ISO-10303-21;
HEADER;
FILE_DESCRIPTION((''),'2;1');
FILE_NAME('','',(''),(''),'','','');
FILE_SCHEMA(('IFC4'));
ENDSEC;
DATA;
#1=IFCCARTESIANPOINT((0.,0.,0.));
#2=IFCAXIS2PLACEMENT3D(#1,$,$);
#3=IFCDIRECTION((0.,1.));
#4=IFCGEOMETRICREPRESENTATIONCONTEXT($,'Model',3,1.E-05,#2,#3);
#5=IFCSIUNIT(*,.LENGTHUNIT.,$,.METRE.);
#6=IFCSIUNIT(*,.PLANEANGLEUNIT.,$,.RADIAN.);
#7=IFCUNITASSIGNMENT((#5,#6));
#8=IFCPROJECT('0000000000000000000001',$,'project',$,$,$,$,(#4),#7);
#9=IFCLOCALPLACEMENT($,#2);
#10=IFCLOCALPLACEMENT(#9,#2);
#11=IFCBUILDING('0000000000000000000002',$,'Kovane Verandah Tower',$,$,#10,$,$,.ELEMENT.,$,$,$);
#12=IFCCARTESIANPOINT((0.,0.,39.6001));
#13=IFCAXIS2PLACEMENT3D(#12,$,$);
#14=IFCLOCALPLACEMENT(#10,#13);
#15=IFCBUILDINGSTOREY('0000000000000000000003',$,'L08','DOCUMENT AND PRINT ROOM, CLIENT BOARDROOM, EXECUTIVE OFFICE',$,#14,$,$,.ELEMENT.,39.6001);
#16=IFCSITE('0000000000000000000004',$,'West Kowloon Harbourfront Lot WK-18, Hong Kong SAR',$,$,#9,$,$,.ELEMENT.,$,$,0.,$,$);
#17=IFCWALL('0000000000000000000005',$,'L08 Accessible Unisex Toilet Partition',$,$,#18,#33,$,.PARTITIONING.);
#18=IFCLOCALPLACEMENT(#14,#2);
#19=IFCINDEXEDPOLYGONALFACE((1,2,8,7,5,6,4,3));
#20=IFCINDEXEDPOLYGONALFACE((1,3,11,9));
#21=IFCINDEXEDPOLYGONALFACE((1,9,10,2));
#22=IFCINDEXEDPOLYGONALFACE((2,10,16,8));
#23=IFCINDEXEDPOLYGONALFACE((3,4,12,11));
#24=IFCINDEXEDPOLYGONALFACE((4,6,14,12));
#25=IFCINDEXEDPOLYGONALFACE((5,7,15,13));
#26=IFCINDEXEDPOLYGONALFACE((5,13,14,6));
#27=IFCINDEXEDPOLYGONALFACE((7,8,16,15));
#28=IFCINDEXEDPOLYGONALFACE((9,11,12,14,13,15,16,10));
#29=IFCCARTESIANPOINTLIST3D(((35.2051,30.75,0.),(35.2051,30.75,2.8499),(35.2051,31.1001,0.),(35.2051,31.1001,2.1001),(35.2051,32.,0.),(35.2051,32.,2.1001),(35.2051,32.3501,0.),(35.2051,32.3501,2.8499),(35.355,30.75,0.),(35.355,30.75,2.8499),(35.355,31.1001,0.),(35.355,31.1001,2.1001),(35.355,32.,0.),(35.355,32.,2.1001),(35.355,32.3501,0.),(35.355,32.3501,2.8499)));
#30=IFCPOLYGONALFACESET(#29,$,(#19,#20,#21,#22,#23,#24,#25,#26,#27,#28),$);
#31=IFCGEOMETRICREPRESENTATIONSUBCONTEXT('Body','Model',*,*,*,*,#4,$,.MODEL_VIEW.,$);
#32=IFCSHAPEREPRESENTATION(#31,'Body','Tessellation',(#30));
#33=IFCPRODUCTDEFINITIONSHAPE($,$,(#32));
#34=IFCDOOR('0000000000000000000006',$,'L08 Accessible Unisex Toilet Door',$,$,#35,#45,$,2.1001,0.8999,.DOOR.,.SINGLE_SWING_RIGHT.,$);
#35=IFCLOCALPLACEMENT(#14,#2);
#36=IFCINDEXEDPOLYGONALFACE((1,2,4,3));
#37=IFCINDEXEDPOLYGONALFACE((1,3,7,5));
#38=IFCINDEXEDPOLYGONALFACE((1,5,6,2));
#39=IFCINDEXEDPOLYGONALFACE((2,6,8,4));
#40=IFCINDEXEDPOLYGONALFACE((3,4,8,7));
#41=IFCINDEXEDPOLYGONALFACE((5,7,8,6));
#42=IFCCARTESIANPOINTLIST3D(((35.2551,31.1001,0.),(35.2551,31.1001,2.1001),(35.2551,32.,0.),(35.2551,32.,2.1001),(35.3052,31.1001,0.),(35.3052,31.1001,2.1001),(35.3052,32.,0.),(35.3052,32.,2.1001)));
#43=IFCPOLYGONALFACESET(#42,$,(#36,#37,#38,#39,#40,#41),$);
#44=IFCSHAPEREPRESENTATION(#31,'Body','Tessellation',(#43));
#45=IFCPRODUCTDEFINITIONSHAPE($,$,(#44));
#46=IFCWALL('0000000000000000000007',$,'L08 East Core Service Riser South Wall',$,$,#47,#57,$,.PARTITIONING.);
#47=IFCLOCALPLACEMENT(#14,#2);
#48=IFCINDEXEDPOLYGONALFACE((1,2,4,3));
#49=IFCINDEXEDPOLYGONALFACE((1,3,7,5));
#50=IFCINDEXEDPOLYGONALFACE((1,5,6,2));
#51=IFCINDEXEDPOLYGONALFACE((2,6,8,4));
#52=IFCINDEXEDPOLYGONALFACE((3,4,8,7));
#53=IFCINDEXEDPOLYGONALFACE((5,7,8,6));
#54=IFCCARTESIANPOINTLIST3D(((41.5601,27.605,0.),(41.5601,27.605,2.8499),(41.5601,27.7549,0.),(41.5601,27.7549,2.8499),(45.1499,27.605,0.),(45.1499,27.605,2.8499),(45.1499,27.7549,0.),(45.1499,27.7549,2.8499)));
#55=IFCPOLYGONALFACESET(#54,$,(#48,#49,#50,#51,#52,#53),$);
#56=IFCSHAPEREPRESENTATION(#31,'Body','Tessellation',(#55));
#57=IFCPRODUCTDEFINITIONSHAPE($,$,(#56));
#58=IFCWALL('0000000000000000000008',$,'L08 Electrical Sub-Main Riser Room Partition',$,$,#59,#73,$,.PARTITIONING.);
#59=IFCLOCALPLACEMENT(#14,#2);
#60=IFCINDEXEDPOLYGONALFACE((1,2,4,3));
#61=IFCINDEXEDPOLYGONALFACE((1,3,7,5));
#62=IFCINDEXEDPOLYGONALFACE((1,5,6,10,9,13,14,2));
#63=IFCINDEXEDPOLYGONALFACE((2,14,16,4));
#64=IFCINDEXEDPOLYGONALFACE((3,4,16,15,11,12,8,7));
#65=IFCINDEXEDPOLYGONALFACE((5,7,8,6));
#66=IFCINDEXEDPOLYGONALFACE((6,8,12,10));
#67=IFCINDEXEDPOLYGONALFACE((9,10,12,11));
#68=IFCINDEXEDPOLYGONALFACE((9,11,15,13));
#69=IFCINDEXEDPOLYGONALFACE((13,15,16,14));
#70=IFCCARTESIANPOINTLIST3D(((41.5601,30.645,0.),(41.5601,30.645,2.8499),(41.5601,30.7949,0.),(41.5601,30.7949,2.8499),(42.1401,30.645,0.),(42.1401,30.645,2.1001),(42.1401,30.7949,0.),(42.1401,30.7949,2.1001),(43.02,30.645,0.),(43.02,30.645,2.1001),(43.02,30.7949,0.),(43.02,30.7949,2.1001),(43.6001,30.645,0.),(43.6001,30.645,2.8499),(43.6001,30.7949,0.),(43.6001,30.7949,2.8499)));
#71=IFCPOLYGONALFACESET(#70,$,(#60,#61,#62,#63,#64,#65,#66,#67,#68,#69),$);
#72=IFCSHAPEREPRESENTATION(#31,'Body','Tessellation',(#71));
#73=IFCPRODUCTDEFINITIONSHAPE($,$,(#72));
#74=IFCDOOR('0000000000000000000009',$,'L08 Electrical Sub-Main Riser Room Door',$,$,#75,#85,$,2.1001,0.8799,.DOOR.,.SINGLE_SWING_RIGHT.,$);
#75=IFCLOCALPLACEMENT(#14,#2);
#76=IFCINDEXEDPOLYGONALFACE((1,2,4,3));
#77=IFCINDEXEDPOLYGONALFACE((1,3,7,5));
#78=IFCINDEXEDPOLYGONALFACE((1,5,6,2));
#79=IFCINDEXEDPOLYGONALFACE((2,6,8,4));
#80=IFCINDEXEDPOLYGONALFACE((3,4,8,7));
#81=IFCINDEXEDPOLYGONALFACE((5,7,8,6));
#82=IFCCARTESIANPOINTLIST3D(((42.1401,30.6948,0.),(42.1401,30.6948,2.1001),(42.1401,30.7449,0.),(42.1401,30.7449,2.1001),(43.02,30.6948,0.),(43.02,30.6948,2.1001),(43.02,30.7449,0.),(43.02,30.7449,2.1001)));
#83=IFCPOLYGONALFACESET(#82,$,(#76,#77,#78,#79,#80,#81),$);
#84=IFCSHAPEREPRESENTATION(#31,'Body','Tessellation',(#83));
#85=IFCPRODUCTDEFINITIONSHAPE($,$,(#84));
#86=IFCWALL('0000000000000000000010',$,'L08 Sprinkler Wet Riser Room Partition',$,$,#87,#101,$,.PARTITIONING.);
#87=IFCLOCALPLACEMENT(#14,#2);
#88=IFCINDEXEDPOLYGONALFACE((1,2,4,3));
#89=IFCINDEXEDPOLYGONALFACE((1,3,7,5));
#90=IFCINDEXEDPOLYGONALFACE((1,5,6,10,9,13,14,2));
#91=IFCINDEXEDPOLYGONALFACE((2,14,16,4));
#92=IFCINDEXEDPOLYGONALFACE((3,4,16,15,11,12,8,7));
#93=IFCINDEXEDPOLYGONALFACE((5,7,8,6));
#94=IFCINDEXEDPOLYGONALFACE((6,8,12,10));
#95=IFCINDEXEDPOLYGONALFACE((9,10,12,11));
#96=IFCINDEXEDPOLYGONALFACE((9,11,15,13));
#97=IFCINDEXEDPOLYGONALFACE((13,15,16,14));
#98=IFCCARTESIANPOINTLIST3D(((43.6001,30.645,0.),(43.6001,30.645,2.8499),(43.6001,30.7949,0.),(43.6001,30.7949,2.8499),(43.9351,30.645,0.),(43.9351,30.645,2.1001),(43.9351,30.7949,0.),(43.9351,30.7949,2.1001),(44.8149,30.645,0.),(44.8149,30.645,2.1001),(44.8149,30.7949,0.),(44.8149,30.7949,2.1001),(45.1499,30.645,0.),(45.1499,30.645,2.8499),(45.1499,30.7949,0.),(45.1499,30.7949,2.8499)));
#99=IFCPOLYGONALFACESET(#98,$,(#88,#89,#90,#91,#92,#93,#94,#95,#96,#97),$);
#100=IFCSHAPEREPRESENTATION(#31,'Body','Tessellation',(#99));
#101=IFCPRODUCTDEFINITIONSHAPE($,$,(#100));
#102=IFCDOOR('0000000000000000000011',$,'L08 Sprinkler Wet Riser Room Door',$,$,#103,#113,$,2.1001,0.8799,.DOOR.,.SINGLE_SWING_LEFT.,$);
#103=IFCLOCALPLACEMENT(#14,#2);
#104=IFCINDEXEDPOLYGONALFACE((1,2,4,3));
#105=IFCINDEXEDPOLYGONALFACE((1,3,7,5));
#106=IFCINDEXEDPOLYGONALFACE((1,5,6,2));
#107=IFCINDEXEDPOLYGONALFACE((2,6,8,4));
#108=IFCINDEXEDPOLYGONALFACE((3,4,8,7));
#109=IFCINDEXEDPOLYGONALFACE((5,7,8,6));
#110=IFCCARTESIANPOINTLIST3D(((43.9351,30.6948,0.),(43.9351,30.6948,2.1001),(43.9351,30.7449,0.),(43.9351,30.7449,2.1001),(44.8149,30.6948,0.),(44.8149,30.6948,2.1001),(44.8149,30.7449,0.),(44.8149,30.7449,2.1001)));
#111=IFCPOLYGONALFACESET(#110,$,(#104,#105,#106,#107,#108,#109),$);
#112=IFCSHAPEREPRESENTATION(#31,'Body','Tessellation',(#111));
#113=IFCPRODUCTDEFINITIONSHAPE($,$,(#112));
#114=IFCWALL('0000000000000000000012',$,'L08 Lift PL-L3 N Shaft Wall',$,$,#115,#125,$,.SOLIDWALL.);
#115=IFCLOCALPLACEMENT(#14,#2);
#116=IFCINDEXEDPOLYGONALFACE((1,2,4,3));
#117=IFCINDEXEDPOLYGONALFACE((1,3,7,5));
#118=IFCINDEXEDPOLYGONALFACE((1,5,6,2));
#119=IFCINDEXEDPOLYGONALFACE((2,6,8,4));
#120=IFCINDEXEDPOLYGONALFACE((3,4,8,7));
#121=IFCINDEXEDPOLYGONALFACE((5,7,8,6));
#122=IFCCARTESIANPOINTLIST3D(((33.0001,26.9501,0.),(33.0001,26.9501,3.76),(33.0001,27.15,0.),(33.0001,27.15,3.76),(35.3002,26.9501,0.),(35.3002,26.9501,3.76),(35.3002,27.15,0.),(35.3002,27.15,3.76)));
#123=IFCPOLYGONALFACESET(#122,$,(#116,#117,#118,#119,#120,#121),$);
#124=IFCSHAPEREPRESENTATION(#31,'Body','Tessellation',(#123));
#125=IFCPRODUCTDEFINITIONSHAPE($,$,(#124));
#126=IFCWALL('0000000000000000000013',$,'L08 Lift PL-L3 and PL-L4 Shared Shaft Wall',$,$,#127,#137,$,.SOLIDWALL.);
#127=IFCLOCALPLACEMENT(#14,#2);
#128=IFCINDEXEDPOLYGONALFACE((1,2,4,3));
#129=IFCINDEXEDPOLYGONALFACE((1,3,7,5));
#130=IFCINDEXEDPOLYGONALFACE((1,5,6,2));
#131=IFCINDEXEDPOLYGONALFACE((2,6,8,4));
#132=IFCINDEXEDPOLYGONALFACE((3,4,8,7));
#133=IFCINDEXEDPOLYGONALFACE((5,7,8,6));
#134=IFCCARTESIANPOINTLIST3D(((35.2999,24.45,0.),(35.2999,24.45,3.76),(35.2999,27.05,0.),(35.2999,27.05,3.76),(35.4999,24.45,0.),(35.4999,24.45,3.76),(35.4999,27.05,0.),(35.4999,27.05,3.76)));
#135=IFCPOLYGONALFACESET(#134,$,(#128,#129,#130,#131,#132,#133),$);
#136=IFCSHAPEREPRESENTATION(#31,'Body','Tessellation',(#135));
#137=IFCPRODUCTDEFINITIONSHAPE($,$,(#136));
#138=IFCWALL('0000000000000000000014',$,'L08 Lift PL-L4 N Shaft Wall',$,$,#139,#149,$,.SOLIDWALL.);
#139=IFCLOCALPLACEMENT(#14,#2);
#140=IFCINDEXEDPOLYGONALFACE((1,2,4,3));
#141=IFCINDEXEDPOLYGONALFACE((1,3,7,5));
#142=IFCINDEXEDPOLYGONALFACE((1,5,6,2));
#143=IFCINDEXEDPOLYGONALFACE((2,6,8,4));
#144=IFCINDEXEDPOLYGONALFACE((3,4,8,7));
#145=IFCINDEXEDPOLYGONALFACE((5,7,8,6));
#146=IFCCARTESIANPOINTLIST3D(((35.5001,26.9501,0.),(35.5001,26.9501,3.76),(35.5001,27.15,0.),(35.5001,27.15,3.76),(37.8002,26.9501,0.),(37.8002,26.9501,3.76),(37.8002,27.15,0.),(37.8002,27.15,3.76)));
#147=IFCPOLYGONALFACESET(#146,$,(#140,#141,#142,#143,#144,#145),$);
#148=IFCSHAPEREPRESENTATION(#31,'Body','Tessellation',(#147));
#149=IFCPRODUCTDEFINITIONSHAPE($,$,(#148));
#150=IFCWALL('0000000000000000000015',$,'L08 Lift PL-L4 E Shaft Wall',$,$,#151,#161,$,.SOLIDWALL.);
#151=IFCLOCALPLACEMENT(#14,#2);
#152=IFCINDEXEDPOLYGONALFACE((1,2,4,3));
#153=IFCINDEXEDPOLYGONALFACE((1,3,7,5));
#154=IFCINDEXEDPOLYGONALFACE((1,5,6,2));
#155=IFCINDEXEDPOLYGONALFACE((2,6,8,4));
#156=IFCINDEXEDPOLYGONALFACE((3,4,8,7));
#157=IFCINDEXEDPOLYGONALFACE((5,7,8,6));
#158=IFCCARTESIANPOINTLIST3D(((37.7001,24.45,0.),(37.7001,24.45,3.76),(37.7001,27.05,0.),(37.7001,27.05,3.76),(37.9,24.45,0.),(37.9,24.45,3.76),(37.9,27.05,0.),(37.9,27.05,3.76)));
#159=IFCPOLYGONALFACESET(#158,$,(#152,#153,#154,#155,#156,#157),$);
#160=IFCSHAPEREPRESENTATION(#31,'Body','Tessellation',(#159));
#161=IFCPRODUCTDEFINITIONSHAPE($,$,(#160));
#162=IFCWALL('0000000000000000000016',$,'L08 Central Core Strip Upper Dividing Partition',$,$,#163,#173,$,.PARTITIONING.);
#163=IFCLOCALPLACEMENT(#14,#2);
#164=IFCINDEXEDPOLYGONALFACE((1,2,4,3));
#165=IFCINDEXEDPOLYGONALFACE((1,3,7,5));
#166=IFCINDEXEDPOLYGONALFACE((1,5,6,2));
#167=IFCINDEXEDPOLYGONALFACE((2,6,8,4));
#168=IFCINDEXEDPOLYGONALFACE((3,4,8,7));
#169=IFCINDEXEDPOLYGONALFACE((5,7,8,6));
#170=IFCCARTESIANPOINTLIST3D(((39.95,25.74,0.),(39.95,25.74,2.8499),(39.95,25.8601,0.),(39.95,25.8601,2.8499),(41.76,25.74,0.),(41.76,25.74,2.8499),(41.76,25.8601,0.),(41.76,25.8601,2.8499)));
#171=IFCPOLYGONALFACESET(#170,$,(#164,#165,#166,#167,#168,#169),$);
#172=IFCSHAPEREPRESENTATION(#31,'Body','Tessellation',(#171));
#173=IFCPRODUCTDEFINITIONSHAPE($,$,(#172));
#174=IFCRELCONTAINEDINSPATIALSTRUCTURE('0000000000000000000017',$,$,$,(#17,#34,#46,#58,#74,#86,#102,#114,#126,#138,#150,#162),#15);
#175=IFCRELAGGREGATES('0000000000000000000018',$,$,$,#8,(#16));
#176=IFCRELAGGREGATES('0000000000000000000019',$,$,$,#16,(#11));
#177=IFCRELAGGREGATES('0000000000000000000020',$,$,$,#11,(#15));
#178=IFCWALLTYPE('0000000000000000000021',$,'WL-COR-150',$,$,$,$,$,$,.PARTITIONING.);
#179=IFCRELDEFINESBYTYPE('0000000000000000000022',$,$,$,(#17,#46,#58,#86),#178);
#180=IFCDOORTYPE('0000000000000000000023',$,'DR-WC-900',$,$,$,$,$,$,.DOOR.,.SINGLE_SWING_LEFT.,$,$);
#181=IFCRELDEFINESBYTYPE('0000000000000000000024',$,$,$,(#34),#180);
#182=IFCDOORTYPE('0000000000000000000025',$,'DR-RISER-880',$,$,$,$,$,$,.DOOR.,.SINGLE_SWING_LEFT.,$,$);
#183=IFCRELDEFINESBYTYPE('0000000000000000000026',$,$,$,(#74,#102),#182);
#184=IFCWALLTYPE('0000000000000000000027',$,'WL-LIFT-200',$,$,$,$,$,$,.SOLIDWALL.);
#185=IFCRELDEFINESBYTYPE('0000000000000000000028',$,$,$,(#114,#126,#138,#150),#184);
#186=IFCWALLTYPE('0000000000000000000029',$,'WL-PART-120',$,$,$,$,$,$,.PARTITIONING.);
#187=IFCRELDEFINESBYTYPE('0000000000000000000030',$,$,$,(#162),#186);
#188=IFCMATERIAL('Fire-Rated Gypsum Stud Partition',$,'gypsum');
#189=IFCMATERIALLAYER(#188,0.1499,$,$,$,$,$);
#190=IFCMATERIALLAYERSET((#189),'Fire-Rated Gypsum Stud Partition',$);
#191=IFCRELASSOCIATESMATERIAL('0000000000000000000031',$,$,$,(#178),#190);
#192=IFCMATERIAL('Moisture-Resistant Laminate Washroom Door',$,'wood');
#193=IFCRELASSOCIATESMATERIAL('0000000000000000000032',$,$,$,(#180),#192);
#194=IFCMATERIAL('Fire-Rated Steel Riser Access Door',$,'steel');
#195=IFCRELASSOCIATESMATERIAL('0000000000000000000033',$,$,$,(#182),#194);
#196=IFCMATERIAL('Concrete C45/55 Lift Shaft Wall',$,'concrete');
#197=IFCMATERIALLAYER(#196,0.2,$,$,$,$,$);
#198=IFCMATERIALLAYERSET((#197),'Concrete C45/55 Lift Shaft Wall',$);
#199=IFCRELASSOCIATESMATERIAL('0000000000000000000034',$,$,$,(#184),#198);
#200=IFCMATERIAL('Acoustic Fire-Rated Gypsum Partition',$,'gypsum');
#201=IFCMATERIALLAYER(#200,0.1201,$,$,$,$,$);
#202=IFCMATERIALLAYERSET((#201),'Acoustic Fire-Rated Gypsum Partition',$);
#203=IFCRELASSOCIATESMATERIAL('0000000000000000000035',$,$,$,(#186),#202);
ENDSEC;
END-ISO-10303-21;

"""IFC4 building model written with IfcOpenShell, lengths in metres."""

from ifc_helpers import new_model, si_unit, direction, frame, frame_2d, origin, place, context, subcontext, project, spatial, rectangle, extrude, material, layer, layer_set, type_object, element, fill, save


model = new_model("IFC4")

# Units and contexts
model_context = context("Model", 3, precision=1e-05, world=origin(), true_north=direction((0.0, 1.0)))
body_context = subcontext(model_context, "Body", "Model", "MODEL_VIEW")
ifc_project = project(units=[si_unit("LENGTHUNIT", "METRE"), si_unit("PLANEANGLEUNIT", "RADIAN")], contexts=[model_context])

# Site, building, storey
site_placement = place(None, origin())
site = spatial("IfcSite", under=ifc_project, at=site_placement, Name="West Kowloon Harbourfront Lot WK-18, Hong Kong SAR", CompositionType="ELEMENT", RefElevation=0.0)
building_placement = place(site_placement, origin())
building = spatial("IfcBuilding", under=site, at=building_placement, Name="Kovane Verandah Tower", CompositionType="ELEMENT")
storey_placement = place(building_placement, frame((0.0, 0.0, 39.6001)))
storey = spatial("IfcBuildingStorey", under=building, at=storey_placement, Name="L08", Description="DOCUMENT AND PRINT ROOM, CLIENT BOARDROOM, EXECUTIVE OFFICE", CompositionType="ELEMENT", Elevation=39.6001)

# Wall, opening, door
ifc_material_1 = material(Name="Fire-Rated Gypsum Stud Partition", Category="gypsum")
ifc_layer_1 = layer(ifc_material_1, 0.1499)
ifc_layer_set_1 = layer_set([ifc_layer_1], Name="Fire-Rated Gypsum Stud Partition")
wall_type_1 = type_object("IfcWallType", Name="WL-COR-150", PredefinedType="PARTITIONING", material=ifc_layer_set_1)
wall_1_placement = place(storey_placement, frame((35.28, 30.75, 0.0), z_axis=(0.0, 0.0, 1.0), x_axis=(0.0, 1.0, 0.0)))
wall_1 = element("IfcWall", 1, at=wall_1_placement, inside=storey, type_object=wall_type_1, Name="L08 Accessible Unisex Toilet Partition", PredefinedType="PARTITIONING", context=body_context, shape_type="SweptSolid", body=[
    extrude(rectangle(XDim=1.6001, YDim=0.1499, at=frame_2d((0.8, 0.0))), origin(), (0.0, 0.0, 1.0), 2.8499),
])
opening_1_placement = place(wall_1_placement, frame((0.3501, 0.0, 0.0)))
opening_1 = element("IfcOpeningElement", 2, at=opening_1_placement, cuts=wall_1, PredefinedType="OPENING", context=body_context, shape_type="SweptSolid", body=[
    extrude(rectangle(XDim=0.8999, YDim=2.1001, at=frame_2d((0.45, 1.05))), frame((0.0, 0.075, 0.0), z_axis=(0.0, -1.0, 0.0), x_axis=(1.0, 0.0, 0.0)), (0.0, 0.0, 1.0), 0.1499),
])
ifc_material_2 = material(Name="Moisture-Resistant Laminate Washroom Door", Category="wood")
door_type_1 = type_object("IfcDoorType", Name="DR-WC-900", OperationType="SINGLE_SWING_LEFT", PredefinedType="DOOR", material=ifc_material_2)
door_1_placement = place(opening_1_placement, origin())
door_1 = element("IfcDoor", 3, at=door_1_placement, inside=storey, type_object=door_type_1, Name="L08 Accessible Unisex Toilet Door", OperationType="SINGLE_SWING_RIGHT", OverallHeight=2.1001, OverallWidth=0.8999, PredefinedType="DOOR", context=body_context, shape_type="SweptSolid", body=[
    extrude(rectangle(XDim=0.8999, YDim=2.1001, at=frame_2d((0.45, 1.05))), frame((0.0, 0.0249, 0.0), z_axis=(0.0, -1.0, 0.0), x_axis=(1.0, 0.0, 0.0)), (0.0, 0.0, 1.0), 0.05),
])
fill(opening_1, door_1)

# Wall
wall_2_placement = place(storey_placement, frame((41.5601, 27.6799, 0.0), z_axis=(0.0, 0.0, 1.0), x_axis=(1.0, 0.0, 0.0)))
element("IfcWall", 4, at=wall_2_placement, inside=storey, type_object=wall_type_1, Name="L08 East Core Service Riser South Wall", PredefinedType="PARTITIONING", context=body_context, shape_type="SweptSolid", body=[
    extrude(rectangle(XDim=3.5898, YDim=0.1499, at=frame_2d((1.7949, 0.0))), origin(), (0.0, 0.0, 1.0), 2.8499),
])

# Walls, openings, doors
wall_3_placement = place(storey_placement, frame((41.5601, 30.72, 0.0), z_axis=(0.0, 0.0, 1.0), x_axis=(1.0, 0.0, 0.0)))
wall_3 = element("IfcWall", 5, at=wall_3_placement, inside=storey, type_object=wall_type_1, Name="L08 Electrical Sub-Main Riser Room Partition", PredefinedType="PARTITIONING", context=body_context, shape_type="SweptSolid", body=[
    extrude(rectangle(XDim=2.04, YDim=0.1499, at=frame_2d((1.02, 0.0))), origin(), (0.0, 0.0, 1.0), 2.8499),
])
opening_2_placement = place(wall_3_placement, frame((0.5801, 0.0, 0.0)))
opening_2 = element("IfcOpeningElement", 6, at=opening_2_placement, cuts=wall_3, PredefinedType="OPENING", context=body_context, shape_type="SweptSolid", body=[
    extrude(rectangle(XDim=0.8799, YDim=2.1001, at=frame_2d((0.4399, 1.05))), frame((0.0, 0.075, 0.0), z_axis=(0.0, -1.0, 0.0), x_axis=(1.0, 0.0, 0.0)), (0.0, 0.0, 1.0), 0.1499),
])
ifc_material_3 = material(Name="Fire-Rated Steel Riser Access Door", Category="steel")
door_type_2 = type_object("IfcDoorType", Name="DR-RISER-880", OperationType="SINGLE_SWING_LEFT", PredefinedType="DOOR", material=ifc_material_3)
door_2_placement = place(opening_2_placement, origin())
door_2 = element("IfcDoor", 7, at=door_2_placement, inside=storey, type_object=door_type_2, Name="L08 Electrical Sub-Main Riser Room Door", OperationType="SINGLE_SWING_RIGHT", OverallHeight=2.1001, OverallWidth=0.8799, PredefinedType="DOOR", context=body_context, shape_type="SweptSolid", body=[
    extrude(rectangle(XDim=0.8799, YDim=2.1001, at=frame_2d((0.4399, 1.05))), frame((0.0, 0.0249, 0.0), z_axis=(0.0, -1.0, 0.0), x_axis=(1.0, 0.0, 0.0)), (0.0, 0.0, 1.0), 0.05),
])
fill(opening_2, door_2)
wall_4_placement = place(storey_placement, frame((43.6001, 30.72, 0.0), z_axis=(0.0, 0.0, 1.0), x_axis=(1.0, 0.0, 0.0)))
wall_4 = element("IfcWall", 8, at=wall_4_placement, inside=storey, type_object=wall_type_1, Name="L08 Sprinkler Wet Riser Room Partition", PredefinedType="PARTITIONING", context=body_context, shape_type="SweptSolid", body=[
    extrude(rectangle(XDim=1.5498, YDim=0.1499, at=frame_2d((0.7749, 0.0))), origin(), (0.0, 0.0, 1.0), 2.8499),
])
opening_3_placement = place(wall_4_placement, frame((0.335, 0.0, 0.0)))
opening_3 = element("IfcOpeningElement", 9, at=opening_3_placement, cuts=wall_4, PredefinedType="OPENING", context=body_context, shape_type="SweptSolid", body=[
    extrude(rectangle(XDim=0.8799, YDim=2.1001, at=frame_2d((0.4399, 1.05))), frame((0.0, 0.075, 0.0), z_axis=(0.0, -1.0, 0.0), x_axis=(1.0, 0.0, 0.0)), (0.0, 0.0, 1.0), 0.1499),
])
door_3_placement = place(opening_3_placement, origin())
door_3 = element("IfcDoor", 10, at=door_3_placement, inside=storey, type_object=door_type_2, Name="L08 Sprinkler Wet Riser Room Door", OperationType="SINGLE_SWING_LEFT", OverallHeight=2.1001, OverallWidth=0.8799, PredefinedType="DOOR", context=body_context, shape_type="SweptSolid", body=[
    extrude(rectangle(XDim=0.8799, YDim=2.1001, at=frame_2d((0.4399, 1.05))), frame((0.0, 0.0249, 0.0), z_axis=(0.0, -1.0, 0.0), x_axis=(1.0, 0.0, 0.0)), (0.0, 0.0, 1.0), 0.05),
])
fill(opening_3, door_3)
ifc_material_4 = material(Name="Concrete C45/55 Lift Shaft Wall", Category="concrete")
ifc_layer_2 = layer(ifc_material_4, 0.2)
ifc_layer_set_2 = layer_set([ifc_layer_2], Name="Concrete C45/55 Lift Shaft Wall")
wall_type_2 = type_object("IfcWallType", Name="WL-LIFT-200", PredefinedType="SOLIDWALL", material=ifc_layer_set_2)

# Walls
wall_5_placement = place(storey_placement, frame((35.3, 27.05, 0.0), z_axis=(0.0, 0.0, 1.0), x_axis=(-1.0, 0.0, 0.0)))
element("IfcWall", 11, at=wall_5_placement, inside=storey, type_object=wall_type_2, Name="L08 Lift PL-L3 N Shaft Wall", PredefinedType="SOLIDWALL", context=body_context, shape_type="SweptSolid", body=[
    extrude(rectangle(XDim=2.3, YDim=0.2, at=frame_2d((1.1499, 0.0))), origin(), (0.0, 0.0, 1.0), 3.76),
])
wall_6_placement = place(storey_placement, frame((35.3999, 24.45, 0.0), z_axis=(0.0, 0.0, 1.0), x_axis=(0.0, 1.0, 0.0)))
element("IfcWall", 12, at=wall_6_placement, inside=storey, type_object=wall_type_2, Name="L08 Lift PL-L3 and PL-L4 Shared Shaft Wall", PredefinedType="SOLIDWALL", context=body_context, shape_type="SweptSolid", body=[
    extrude(rectangle(XDim=2.6001, YDim=0.2, at=frame_2d((1.3, 0.0))), origin(), (0.0, 0.0, 1.0), 3.76),
])

# Walls
wall_7_placement = place(storey_placement, frame((37.8, 27.05, 0.0), z_axis=(0.0, 0.0, 1.0), x_axis=(-1.0, 0.0, 0.0)))
element("IfcWall", 13, at=wall_7_placement, inside=storey, type_object=wall_type_2, Name="L08 Lift PL-L4 N Shaft Wall", PredefinedType="SOLIDWALL", context=body_context, shape_type="SweptSolid", body=[
    extrude(rectangle(XDim=2.3, YDim=0.2, at=frame_2d((1.1499, 0.0))), origin(), (0.0, 0.0, 1.0), 3.76),
])
wall_8_placement = place(storey_placement, frame((37.8, 24.45, 0.0), z_axis=(0.0, 0.0, 1.0), x_axis=(0.0, 1.0, 0.0)))
element("IfcWall", 14, at=wall_8_placement, inside=storey, type_object=wall_type_2, Name="L08 Lift PL-L4 E Shaft Wall", PredefinedType="SOLIDWALL", context=body_context, shape_type="SweptSolid", body=[
    extrude(rectangle(XDim=2.6001, YDim=0.2, at=frame_2d((1.3, 0.0))), origin(), (0.0, 0.0, 1.0), 3.76),
])
ifc_material_5 = material(Name="Acoustic Fire-Rated Gypsum Partition", Category="gypsum")
ifc_layer_3 = layer(ifc_material_5, 0.1201)
ifc_layer_set_3 = layer_set([ifc_layer_3], Name="Acoustic Fire-Rated Gypsum Partition")
wall_type_3 = type_object("IfcWallType", Name="WL-PART-120", PredefinedType="PARTITIONING", material=ifc_layer_set_3)
wall_9_placement = place(storey_placement, frame((39.95, 25.8, 0.0), z_axis=(0.0, 0.0, 1.0), x_axis=(1.0, 0.0, 0.0)))
element("IfcWall", 15, at=wall_9_placement, inside=storey, type_object=wall_type_3, Name="L08 Central Core Strip Upper Dividing Partition", PredefinedType="PARTITIONING", context=body_context, shape_type="SweptSolid", body=[
    extrude(rectangle(XDim=1.8101, YDim=0.1201, at=frame_2d((0.905, 0.0))), origin(), (0.0, 0.0, 1.0), 2.8499),
])

save(model, "model.ifc")
